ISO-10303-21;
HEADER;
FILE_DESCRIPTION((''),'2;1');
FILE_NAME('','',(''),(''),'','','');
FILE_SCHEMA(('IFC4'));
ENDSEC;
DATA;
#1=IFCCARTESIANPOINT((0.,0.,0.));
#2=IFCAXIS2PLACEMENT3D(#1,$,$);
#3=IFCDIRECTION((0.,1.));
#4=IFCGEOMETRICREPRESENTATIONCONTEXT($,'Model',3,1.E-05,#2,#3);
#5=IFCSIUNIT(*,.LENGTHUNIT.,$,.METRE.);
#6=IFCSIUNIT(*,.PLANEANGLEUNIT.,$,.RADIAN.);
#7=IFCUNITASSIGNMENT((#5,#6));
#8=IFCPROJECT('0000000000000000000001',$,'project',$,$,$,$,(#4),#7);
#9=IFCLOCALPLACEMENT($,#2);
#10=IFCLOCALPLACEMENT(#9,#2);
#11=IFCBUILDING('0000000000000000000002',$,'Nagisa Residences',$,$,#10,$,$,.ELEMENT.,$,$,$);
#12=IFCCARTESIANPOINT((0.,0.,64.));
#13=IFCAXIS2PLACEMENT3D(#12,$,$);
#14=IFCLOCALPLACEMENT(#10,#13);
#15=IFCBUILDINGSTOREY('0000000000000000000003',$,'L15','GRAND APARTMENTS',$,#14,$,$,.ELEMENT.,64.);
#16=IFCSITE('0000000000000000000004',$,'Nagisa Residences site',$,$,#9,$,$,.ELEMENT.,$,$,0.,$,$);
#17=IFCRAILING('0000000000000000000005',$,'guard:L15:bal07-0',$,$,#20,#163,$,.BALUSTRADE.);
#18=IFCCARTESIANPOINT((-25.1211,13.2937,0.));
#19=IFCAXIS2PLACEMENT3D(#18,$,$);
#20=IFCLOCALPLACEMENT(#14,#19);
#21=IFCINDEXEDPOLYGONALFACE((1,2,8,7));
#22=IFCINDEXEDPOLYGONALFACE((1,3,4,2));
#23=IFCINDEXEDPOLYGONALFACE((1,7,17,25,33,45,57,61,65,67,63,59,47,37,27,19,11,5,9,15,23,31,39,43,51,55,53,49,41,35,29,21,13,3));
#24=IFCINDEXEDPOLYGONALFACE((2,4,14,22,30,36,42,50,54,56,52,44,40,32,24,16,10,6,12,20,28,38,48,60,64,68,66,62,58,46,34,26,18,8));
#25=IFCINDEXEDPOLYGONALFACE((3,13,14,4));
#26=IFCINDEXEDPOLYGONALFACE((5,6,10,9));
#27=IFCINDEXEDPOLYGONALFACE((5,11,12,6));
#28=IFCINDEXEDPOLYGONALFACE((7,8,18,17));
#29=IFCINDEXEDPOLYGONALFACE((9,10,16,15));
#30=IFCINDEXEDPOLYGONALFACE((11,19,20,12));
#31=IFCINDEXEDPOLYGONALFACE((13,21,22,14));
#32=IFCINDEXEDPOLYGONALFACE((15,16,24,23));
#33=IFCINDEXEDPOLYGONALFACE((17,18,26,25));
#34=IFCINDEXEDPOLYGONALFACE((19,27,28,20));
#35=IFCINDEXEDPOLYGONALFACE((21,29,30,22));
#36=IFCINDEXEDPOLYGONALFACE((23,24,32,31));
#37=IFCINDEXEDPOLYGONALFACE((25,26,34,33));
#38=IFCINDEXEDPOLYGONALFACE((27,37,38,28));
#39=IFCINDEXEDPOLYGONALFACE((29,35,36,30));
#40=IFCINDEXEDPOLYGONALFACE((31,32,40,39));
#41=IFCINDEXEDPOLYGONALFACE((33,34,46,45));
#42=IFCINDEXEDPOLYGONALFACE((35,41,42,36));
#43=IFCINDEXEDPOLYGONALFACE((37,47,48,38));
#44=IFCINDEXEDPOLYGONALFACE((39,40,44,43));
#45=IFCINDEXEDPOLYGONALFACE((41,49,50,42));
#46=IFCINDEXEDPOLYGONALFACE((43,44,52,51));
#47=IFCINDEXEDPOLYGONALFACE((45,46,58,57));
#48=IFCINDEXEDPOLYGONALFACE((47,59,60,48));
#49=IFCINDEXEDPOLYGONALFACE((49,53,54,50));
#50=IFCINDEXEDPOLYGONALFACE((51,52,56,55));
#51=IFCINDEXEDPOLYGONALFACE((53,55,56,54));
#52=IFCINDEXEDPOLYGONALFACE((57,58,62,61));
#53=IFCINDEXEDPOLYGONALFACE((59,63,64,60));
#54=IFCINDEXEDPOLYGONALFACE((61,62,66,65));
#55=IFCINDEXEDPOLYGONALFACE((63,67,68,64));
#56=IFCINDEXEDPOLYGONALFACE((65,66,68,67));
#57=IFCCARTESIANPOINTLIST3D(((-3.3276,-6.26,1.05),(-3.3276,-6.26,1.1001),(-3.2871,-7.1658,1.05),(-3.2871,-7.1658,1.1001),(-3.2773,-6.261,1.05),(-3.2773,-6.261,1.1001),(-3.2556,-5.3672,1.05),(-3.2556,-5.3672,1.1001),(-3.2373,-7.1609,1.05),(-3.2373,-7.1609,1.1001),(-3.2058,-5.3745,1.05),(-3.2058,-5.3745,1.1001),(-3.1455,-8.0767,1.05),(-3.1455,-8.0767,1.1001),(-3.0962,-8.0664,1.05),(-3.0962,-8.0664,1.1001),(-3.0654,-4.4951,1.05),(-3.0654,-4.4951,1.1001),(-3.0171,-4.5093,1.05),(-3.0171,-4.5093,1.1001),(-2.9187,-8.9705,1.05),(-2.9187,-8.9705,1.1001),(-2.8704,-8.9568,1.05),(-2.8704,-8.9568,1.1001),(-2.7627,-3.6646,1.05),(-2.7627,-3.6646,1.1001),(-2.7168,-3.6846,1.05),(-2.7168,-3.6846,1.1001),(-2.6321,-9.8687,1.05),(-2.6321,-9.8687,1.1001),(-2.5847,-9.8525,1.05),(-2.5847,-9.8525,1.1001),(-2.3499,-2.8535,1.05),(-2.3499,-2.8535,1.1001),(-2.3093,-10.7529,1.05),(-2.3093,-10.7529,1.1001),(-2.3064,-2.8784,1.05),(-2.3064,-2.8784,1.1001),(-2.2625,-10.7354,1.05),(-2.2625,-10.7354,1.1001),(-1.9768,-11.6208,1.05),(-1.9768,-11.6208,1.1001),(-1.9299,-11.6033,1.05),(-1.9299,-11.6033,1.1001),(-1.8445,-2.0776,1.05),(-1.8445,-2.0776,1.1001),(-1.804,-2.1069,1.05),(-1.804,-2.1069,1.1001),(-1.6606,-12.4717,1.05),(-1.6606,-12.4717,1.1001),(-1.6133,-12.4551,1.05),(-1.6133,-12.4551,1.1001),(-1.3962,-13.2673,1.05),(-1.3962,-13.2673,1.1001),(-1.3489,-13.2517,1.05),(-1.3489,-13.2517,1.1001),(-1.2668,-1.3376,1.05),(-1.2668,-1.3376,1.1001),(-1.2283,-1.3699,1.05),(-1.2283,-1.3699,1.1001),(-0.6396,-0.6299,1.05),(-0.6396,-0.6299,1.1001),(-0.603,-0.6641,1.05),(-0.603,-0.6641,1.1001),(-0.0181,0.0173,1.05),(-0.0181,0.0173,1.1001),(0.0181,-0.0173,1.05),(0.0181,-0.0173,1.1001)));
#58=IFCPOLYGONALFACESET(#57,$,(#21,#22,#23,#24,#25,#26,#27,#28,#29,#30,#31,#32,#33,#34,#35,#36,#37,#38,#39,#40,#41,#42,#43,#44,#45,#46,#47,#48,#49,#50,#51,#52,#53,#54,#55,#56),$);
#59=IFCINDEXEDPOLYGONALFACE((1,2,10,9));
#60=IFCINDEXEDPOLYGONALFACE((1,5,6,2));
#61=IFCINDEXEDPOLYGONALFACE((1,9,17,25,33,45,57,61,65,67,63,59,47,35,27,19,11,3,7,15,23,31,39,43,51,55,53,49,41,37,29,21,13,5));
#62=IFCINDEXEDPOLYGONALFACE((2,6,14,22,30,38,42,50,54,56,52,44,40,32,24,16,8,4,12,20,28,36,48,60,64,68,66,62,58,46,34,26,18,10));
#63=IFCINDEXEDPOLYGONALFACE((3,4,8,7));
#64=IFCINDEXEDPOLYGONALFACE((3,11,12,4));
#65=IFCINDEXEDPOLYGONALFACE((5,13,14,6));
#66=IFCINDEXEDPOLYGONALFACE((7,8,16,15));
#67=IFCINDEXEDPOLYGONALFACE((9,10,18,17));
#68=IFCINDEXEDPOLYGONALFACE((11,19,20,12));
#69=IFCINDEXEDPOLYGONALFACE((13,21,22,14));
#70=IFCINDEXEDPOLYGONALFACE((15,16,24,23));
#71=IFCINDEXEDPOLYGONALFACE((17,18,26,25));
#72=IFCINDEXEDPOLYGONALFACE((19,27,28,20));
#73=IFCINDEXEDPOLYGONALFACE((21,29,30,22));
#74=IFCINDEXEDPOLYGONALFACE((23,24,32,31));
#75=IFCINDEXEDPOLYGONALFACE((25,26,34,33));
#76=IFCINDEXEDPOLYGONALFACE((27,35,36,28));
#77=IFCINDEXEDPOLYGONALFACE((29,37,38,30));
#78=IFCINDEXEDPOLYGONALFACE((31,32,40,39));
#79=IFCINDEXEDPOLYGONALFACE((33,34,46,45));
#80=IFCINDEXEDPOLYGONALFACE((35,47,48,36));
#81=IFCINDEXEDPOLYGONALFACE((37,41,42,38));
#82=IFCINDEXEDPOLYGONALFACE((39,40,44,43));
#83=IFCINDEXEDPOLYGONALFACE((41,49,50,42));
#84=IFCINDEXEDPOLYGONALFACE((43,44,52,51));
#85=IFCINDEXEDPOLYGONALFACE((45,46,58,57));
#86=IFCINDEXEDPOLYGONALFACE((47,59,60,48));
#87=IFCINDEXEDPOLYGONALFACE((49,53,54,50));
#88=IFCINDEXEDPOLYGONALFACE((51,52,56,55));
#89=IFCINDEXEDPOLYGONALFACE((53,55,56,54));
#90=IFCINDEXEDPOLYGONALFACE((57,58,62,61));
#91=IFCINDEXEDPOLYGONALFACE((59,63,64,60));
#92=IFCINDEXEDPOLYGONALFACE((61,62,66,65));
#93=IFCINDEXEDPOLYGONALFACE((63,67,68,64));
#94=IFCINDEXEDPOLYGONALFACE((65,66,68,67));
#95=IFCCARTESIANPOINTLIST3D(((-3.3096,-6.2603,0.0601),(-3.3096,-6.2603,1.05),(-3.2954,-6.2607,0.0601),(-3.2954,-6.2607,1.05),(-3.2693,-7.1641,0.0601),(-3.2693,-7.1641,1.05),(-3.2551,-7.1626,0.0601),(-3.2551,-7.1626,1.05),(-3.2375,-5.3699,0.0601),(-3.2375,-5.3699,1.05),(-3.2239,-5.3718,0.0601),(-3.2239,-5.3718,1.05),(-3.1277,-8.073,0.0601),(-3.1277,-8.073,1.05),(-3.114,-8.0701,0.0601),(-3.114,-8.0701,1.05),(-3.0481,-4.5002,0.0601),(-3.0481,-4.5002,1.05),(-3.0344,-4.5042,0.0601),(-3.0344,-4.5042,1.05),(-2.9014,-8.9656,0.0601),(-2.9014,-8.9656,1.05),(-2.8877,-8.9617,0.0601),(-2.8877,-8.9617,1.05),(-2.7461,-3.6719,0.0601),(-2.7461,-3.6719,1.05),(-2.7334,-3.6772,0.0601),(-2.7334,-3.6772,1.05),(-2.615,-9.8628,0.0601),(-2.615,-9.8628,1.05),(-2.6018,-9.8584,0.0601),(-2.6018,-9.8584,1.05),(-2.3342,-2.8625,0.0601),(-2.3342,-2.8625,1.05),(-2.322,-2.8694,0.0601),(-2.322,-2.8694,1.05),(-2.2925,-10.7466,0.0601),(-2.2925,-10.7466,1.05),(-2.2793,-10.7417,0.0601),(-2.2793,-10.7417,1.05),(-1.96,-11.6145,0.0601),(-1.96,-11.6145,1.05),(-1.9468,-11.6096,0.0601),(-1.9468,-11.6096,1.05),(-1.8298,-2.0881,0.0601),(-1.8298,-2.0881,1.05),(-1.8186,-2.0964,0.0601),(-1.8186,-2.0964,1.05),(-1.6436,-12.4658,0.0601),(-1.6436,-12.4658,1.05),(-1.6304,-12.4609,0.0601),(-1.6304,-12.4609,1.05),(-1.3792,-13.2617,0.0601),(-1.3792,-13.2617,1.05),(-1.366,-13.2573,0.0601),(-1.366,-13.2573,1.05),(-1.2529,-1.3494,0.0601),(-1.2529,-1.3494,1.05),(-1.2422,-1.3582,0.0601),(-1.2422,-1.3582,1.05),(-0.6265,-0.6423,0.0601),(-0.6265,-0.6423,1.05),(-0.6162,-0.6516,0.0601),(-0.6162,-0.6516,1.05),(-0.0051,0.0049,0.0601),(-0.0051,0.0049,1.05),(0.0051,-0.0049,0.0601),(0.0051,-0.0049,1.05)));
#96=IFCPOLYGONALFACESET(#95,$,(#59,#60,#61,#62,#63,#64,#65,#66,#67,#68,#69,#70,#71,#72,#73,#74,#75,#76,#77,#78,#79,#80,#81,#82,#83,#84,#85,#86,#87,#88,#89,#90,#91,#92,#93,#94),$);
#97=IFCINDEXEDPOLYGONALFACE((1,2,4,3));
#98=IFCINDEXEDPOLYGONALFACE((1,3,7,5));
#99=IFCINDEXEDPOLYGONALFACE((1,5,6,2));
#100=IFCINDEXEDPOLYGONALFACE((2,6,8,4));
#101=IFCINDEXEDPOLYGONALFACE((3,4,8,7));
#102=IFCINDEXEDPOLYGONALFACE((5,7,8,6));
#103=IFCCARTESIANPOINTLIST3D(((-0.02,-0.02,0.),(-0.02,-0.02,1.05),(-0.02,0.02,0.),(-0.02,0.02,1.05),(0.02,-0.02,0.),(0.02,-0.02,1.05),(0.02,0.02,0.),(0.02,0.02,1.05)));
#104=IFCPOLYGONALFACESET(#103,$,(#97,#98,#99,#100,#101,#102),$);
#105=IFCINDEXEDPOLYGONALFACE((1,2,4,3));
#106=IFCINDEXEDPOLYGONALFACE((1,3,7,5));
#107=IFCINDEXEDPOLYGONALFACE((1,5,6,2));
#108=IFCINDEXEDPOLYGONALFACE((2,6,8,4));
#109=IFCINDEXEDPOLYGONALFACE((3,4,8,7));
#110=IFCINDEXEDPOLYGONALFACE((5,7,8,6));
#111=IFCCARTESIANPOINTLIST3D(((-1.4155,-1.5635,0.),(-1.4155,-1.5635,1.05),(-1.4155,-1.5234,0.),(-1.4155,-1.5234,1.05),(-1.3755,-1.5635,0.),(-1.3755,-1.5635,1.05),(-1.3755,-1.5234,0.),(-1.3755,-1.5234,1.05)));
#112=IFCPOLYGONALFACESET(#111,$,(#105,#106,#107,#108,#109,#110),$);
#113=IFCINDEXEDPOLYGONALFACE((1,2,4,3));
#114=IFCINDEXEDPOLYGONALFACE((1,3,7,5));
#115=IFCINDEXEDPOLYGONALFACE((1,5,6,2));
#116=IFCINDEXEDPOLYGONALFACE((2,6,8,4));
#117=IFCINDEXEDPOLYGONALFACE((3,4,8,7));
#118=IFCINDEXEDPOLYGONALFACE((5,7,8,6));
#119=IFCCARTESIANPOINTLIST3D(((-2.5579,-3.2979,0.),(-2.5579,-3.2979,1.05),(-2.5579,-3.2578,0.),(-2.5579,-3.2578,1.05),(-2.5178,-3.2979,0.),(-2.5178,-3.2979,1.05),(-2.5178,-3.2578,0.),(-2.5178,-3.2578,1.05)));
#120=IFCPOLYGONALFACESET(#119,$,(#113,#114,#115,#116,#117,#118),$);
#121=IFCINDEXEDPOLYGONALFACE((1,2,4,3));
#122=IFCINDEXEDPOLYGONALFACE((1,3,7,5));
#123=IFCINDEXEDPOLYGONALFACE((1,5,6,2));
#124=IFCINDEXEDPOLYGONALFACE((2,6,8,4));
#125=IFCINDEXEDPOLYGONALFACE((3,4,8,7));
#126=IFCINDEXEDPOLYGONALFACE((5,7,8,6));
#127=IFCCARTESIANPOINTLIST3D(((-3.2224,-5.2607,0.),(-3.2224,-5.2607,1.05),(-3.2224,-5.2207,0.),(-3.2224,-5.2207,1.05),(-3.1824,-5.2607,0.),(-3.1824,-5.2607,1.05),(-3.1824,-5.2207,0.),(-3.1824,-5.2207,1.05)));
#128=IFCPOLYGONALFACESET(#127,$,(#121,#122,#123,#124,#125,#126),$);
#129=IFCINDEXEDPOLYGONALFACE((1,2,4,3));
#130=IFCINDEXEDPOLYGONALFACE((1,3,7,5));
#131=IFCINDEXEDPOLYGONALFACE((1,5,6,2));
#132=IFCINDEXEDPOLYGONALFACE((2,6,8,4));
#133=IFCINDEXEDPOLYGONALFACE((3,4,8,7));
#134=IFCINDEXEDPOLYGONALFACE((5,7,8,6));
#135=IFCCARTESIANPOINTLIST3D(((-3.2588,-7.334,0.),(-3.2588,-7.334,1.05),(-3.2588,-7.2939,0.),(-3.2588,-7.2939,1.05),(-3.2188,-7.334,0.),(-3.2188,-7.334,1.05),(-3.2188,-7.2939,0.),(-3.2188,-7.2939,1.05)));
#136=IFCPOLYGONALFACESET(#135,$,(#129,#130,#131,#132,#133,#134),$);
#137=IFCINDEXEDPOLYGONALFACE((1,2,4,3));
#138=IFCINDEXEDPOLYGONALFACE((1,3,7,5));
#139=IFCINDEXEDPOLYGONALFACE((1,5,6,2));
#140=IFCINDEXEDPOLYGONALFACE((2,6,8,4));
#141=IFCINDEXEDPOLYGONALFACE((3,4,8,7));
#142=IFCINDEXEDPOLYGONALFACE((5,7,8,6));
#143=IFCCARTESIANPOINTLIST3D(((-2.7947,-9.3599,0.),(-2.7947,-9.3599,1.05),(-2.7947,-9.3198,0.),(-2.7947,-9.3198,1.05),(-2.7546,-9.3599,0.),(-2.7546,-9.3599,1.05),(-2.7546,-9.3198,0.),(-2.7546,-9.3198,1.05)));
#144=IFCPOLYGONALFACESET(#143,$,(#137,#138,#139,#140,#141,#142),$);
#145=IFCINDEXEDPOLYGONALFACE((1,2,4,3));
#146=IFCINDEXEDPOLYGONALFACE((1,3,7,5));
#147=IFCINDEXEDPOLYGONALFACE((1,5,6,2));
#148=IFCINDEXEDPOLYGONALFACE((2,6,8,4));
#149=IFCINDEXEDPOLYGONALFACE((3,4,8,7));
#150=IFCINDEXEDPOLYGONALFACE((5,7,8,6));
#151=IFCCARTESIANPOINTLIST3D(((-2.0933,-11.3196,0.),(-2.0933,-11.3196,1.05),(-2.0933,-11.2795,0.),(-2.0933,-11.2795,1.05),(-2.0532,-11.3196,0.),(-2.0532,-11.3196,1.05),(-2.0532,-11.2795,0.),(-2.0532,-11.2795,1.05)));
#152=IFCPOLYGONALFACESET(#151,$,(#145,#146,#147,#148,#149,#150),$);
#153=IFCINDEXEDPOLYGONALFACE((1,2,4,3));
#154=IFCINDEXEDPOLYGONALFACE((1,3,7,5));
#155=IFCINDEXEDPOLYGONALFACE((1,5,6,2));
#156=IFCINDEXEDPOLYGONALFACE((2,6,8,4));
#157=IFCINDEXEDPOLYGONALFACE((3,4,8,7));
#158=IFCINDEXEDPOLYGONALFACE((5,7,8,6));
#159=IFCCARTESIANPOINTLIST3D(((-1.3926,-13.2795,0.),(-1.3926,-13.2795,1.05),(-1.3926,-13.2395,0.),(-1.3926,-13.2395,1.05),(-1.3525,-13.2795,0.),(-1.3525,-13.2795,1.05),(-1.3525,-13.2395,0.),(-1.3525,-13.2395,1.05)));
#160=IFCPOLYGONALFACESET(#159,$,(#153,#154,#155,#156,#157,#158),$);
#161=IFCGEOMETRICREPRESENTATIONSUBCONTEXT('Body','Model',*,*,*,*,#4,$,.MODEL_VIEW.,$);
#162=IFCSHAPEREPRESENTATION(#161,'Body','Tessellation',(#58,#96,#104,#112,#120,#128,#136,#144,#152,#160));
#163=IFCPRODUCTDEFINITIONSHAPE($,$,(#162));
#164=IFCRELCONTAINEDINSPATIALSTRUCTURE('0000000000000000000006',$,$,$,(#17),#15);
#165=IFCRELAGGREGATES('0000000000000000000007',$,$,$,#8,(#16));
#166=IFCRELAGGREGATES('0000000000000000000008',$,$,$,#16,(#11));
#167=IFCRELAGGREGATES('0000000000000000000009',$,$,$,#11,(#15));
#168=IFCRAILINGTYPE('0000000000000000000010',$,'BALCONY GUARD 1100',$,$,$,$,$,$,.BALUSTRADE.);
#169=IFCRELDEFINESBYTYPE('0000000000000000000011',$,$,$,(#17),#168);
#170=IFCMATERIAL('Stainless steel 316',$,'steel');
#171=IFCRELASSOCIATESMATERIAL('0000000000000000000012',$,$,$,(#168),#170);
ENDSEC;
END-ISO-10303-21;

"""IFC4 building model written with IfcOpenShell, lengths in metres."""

from ifc_helpers import new_model, si_unit, direction, frame, origin, origin_2d, place, context, subcontext, project, spatial, polyline, rectangle, outline, extrude, material, type_object, element, save


model = new_model("IFC4")

# Units and contexts
model_context = context("Model", 3, precision=1e-05, world=origin(), true_north=direction((0.0, 1.0)))
body_context = subcontext(model_context, "Body", "Model", "MODEL_VIEW")
ifc_project = project(units=[si_unit("LENGTHUNIT", "METRE"), si_unit("PLANEANGLEUNIT", "RADIAN")], contexts=[model_context])

# Site, building, storey
site_placement = place(None, origin())
site = spatial("IfcSite", under=ifc_project, at=site_placement, Name="Nagisa Residences site", CompositionType="ELEMENT", RefElevation=0.0)
building_placement = place(site_placement, origin())
building = spatial("IfcBuilding", under=site, at=building_placement, Name="Nagisa Residences", CompositionType="ELEMENT")
storey_placement = place(building_placement, frame((0.0, 0.0, 64.0)))
storey = spatial("IfcBuildingStorey", under=building, at=storey_placement, Name="L15", Description="GRAND APARTMENTS", CompositionType="ELEMENT", Elevation=64.0)

# Railing
ifc_material_1 = material(Name="Stainless steel 316", Category="steel")
railing_type = type_object("IfcRailingType", Name="BALCONY GUARD 1100", PredefinedType="BALUSTRADE", material=ifc_material_1)
railing_1_placement = place(storey_placement, frame((-25.1211, 13.2937, 0.0)))
element("IfcRailing", 1, at=railing_1_placement, inside=storey, type_object=railing_type, Name="guard:L15:bal07-0", PredefinedType="BALUSTRADE", context=body_context, shape_type="SweptSolid", body=[
    extrude(outline(polyline([(-0.603, -0.6641), (0.0181, -0.0173), (-0.0181, 0.0173), (-0.6396, -0.6299), (-1.2668, -1.3376), (-1.8445, -2.0776), (-2.3499, -2.8535), (-2.7627, -3.6646), (-3.0654, -4.4951), (-3.2556, -5.3672), (-3.3276, -6.26), (-3.2871, -7.1658), (-3.1455, -8.0767), (-2.9187, -8.9705), (-2.6321, -9.8687), (-2.3093, -10.7529), (-1.9768, -11.6208), (-1.6606, -12.4717), (-1.3962, -13.2673), (-1.3489, -13.2517), (-1.6133, -12.4551), (-1.9299, -11.6033), (-2.2625, -10.7354), (-2.5847, -9.8525), (-2.8704, -8.9568), (-3.0962, -8.0664), (-3.2373, -7.1609), (-3.2773, -6.261), (-3.2058, -5.3745), (-3.0171, -4.5093), (-2.7168, -3.6846), (-2.3064, -2.8784), (-1.804, -2.1069), (-1.2283, -1.3699), (-0.603, -0.6641)])), frame((0.0, 0.0, 1.05)), (0.0, 0.0, 1.0), 0.05),
    extrude(outline(polyline([(-0.6162, -0.6516), (0.0051, -0.0049), (-0.0051, 0.0049), (-0.6265, -0.6423), (-1.2529, -1.3494), (-1.8298, -2.0881), (-2.3342, -2.8625), (-2.7461, -3.6719), (-3.0481, -4.5002), (-3.2375, -5.3699), (-3.3096, -6.2603), (-3.2693, -7.1641), (-3.1277, -8.073), (-2.9014, -8.9656), (-2.615, -9.8628), (-2.2925, -10.7466), (-1.96, -11.6145), (-1.6436, -12.4658), (-1.3792, -13.2617), (-1.366, -13.2573), (-1.6304, -12.4609), (-1.9468, -11.6096), (-2.2793, -10.7417), (-2.6018, -9.8584), (-2.8877, -8.9617), (-3.114, -8.0701), (-3.2551, -7.1626), (-3.2954, -6.2607), (-3.2239, -5.3718), (-3.0344, -4.5042), (-2.7334, -3.6772), (-2.322, -2.8694), (-1.8186, -2.0964), (-1.2422, -1.3582), (-0.6162, -0.6516)])), frame((0.0, 0.0, 0.0601)), (0.0, 0.0, 1.0), 0.99),
    extrude(rectangle(XDim=0.04, YDim=0.04, at=origin_2d()), origin(), (0.0, 0.0, 1.0), 1.05),
    extrude(rectangle(XDim=0.04, YDim=0.04, at=origin_2d()), frame((-1.3955, -1.5435, 0.0)), (0.0, 0.0, 1.0), 1.05),
    extrude(rectangle(XDim=0.04, YDim=0.04, at=origin_2d()), frame((-2.5378, -3.2778, 0.0)), (0.0, 0.0, 1.0), 1.05),
    extrude(rectangle(XDim=0.04, YDim=0.04, at=origin_2d()), frame((-3.2024, -5.2407, 0.0)), (0.0, 0.0, 1.0), 1.05),
    extrude(rectangle(XDim=0.04, YDim=0.04, at=origin_2d()), frame((-3.2388, -7.314, 0.0)), (0.0, 0.0, 1.0), 1.05),
    extrude(rectangle(XDim=0.04, YDim=0.04, at=origin_2d()), frame((-2.7747, -9.3398, 0.0)), (0.0, 0.0, 1.0), 1.05),
    extrude(rectangle(XDim=0.04, YDim=0.04, at=origin_2d()), frame((-2.0732, -11.2996, 0.0)), (0.0, 0.0, 1.0), 1.05),
    extrude(rectangle(XDim=0.04, YDim=0.04, at=origin_2d()), frame((-1.3726, -13.2595, 0.0)), (0.0, 0.0, 1.0), 1.05),
])

save(model, "model.ifc")
